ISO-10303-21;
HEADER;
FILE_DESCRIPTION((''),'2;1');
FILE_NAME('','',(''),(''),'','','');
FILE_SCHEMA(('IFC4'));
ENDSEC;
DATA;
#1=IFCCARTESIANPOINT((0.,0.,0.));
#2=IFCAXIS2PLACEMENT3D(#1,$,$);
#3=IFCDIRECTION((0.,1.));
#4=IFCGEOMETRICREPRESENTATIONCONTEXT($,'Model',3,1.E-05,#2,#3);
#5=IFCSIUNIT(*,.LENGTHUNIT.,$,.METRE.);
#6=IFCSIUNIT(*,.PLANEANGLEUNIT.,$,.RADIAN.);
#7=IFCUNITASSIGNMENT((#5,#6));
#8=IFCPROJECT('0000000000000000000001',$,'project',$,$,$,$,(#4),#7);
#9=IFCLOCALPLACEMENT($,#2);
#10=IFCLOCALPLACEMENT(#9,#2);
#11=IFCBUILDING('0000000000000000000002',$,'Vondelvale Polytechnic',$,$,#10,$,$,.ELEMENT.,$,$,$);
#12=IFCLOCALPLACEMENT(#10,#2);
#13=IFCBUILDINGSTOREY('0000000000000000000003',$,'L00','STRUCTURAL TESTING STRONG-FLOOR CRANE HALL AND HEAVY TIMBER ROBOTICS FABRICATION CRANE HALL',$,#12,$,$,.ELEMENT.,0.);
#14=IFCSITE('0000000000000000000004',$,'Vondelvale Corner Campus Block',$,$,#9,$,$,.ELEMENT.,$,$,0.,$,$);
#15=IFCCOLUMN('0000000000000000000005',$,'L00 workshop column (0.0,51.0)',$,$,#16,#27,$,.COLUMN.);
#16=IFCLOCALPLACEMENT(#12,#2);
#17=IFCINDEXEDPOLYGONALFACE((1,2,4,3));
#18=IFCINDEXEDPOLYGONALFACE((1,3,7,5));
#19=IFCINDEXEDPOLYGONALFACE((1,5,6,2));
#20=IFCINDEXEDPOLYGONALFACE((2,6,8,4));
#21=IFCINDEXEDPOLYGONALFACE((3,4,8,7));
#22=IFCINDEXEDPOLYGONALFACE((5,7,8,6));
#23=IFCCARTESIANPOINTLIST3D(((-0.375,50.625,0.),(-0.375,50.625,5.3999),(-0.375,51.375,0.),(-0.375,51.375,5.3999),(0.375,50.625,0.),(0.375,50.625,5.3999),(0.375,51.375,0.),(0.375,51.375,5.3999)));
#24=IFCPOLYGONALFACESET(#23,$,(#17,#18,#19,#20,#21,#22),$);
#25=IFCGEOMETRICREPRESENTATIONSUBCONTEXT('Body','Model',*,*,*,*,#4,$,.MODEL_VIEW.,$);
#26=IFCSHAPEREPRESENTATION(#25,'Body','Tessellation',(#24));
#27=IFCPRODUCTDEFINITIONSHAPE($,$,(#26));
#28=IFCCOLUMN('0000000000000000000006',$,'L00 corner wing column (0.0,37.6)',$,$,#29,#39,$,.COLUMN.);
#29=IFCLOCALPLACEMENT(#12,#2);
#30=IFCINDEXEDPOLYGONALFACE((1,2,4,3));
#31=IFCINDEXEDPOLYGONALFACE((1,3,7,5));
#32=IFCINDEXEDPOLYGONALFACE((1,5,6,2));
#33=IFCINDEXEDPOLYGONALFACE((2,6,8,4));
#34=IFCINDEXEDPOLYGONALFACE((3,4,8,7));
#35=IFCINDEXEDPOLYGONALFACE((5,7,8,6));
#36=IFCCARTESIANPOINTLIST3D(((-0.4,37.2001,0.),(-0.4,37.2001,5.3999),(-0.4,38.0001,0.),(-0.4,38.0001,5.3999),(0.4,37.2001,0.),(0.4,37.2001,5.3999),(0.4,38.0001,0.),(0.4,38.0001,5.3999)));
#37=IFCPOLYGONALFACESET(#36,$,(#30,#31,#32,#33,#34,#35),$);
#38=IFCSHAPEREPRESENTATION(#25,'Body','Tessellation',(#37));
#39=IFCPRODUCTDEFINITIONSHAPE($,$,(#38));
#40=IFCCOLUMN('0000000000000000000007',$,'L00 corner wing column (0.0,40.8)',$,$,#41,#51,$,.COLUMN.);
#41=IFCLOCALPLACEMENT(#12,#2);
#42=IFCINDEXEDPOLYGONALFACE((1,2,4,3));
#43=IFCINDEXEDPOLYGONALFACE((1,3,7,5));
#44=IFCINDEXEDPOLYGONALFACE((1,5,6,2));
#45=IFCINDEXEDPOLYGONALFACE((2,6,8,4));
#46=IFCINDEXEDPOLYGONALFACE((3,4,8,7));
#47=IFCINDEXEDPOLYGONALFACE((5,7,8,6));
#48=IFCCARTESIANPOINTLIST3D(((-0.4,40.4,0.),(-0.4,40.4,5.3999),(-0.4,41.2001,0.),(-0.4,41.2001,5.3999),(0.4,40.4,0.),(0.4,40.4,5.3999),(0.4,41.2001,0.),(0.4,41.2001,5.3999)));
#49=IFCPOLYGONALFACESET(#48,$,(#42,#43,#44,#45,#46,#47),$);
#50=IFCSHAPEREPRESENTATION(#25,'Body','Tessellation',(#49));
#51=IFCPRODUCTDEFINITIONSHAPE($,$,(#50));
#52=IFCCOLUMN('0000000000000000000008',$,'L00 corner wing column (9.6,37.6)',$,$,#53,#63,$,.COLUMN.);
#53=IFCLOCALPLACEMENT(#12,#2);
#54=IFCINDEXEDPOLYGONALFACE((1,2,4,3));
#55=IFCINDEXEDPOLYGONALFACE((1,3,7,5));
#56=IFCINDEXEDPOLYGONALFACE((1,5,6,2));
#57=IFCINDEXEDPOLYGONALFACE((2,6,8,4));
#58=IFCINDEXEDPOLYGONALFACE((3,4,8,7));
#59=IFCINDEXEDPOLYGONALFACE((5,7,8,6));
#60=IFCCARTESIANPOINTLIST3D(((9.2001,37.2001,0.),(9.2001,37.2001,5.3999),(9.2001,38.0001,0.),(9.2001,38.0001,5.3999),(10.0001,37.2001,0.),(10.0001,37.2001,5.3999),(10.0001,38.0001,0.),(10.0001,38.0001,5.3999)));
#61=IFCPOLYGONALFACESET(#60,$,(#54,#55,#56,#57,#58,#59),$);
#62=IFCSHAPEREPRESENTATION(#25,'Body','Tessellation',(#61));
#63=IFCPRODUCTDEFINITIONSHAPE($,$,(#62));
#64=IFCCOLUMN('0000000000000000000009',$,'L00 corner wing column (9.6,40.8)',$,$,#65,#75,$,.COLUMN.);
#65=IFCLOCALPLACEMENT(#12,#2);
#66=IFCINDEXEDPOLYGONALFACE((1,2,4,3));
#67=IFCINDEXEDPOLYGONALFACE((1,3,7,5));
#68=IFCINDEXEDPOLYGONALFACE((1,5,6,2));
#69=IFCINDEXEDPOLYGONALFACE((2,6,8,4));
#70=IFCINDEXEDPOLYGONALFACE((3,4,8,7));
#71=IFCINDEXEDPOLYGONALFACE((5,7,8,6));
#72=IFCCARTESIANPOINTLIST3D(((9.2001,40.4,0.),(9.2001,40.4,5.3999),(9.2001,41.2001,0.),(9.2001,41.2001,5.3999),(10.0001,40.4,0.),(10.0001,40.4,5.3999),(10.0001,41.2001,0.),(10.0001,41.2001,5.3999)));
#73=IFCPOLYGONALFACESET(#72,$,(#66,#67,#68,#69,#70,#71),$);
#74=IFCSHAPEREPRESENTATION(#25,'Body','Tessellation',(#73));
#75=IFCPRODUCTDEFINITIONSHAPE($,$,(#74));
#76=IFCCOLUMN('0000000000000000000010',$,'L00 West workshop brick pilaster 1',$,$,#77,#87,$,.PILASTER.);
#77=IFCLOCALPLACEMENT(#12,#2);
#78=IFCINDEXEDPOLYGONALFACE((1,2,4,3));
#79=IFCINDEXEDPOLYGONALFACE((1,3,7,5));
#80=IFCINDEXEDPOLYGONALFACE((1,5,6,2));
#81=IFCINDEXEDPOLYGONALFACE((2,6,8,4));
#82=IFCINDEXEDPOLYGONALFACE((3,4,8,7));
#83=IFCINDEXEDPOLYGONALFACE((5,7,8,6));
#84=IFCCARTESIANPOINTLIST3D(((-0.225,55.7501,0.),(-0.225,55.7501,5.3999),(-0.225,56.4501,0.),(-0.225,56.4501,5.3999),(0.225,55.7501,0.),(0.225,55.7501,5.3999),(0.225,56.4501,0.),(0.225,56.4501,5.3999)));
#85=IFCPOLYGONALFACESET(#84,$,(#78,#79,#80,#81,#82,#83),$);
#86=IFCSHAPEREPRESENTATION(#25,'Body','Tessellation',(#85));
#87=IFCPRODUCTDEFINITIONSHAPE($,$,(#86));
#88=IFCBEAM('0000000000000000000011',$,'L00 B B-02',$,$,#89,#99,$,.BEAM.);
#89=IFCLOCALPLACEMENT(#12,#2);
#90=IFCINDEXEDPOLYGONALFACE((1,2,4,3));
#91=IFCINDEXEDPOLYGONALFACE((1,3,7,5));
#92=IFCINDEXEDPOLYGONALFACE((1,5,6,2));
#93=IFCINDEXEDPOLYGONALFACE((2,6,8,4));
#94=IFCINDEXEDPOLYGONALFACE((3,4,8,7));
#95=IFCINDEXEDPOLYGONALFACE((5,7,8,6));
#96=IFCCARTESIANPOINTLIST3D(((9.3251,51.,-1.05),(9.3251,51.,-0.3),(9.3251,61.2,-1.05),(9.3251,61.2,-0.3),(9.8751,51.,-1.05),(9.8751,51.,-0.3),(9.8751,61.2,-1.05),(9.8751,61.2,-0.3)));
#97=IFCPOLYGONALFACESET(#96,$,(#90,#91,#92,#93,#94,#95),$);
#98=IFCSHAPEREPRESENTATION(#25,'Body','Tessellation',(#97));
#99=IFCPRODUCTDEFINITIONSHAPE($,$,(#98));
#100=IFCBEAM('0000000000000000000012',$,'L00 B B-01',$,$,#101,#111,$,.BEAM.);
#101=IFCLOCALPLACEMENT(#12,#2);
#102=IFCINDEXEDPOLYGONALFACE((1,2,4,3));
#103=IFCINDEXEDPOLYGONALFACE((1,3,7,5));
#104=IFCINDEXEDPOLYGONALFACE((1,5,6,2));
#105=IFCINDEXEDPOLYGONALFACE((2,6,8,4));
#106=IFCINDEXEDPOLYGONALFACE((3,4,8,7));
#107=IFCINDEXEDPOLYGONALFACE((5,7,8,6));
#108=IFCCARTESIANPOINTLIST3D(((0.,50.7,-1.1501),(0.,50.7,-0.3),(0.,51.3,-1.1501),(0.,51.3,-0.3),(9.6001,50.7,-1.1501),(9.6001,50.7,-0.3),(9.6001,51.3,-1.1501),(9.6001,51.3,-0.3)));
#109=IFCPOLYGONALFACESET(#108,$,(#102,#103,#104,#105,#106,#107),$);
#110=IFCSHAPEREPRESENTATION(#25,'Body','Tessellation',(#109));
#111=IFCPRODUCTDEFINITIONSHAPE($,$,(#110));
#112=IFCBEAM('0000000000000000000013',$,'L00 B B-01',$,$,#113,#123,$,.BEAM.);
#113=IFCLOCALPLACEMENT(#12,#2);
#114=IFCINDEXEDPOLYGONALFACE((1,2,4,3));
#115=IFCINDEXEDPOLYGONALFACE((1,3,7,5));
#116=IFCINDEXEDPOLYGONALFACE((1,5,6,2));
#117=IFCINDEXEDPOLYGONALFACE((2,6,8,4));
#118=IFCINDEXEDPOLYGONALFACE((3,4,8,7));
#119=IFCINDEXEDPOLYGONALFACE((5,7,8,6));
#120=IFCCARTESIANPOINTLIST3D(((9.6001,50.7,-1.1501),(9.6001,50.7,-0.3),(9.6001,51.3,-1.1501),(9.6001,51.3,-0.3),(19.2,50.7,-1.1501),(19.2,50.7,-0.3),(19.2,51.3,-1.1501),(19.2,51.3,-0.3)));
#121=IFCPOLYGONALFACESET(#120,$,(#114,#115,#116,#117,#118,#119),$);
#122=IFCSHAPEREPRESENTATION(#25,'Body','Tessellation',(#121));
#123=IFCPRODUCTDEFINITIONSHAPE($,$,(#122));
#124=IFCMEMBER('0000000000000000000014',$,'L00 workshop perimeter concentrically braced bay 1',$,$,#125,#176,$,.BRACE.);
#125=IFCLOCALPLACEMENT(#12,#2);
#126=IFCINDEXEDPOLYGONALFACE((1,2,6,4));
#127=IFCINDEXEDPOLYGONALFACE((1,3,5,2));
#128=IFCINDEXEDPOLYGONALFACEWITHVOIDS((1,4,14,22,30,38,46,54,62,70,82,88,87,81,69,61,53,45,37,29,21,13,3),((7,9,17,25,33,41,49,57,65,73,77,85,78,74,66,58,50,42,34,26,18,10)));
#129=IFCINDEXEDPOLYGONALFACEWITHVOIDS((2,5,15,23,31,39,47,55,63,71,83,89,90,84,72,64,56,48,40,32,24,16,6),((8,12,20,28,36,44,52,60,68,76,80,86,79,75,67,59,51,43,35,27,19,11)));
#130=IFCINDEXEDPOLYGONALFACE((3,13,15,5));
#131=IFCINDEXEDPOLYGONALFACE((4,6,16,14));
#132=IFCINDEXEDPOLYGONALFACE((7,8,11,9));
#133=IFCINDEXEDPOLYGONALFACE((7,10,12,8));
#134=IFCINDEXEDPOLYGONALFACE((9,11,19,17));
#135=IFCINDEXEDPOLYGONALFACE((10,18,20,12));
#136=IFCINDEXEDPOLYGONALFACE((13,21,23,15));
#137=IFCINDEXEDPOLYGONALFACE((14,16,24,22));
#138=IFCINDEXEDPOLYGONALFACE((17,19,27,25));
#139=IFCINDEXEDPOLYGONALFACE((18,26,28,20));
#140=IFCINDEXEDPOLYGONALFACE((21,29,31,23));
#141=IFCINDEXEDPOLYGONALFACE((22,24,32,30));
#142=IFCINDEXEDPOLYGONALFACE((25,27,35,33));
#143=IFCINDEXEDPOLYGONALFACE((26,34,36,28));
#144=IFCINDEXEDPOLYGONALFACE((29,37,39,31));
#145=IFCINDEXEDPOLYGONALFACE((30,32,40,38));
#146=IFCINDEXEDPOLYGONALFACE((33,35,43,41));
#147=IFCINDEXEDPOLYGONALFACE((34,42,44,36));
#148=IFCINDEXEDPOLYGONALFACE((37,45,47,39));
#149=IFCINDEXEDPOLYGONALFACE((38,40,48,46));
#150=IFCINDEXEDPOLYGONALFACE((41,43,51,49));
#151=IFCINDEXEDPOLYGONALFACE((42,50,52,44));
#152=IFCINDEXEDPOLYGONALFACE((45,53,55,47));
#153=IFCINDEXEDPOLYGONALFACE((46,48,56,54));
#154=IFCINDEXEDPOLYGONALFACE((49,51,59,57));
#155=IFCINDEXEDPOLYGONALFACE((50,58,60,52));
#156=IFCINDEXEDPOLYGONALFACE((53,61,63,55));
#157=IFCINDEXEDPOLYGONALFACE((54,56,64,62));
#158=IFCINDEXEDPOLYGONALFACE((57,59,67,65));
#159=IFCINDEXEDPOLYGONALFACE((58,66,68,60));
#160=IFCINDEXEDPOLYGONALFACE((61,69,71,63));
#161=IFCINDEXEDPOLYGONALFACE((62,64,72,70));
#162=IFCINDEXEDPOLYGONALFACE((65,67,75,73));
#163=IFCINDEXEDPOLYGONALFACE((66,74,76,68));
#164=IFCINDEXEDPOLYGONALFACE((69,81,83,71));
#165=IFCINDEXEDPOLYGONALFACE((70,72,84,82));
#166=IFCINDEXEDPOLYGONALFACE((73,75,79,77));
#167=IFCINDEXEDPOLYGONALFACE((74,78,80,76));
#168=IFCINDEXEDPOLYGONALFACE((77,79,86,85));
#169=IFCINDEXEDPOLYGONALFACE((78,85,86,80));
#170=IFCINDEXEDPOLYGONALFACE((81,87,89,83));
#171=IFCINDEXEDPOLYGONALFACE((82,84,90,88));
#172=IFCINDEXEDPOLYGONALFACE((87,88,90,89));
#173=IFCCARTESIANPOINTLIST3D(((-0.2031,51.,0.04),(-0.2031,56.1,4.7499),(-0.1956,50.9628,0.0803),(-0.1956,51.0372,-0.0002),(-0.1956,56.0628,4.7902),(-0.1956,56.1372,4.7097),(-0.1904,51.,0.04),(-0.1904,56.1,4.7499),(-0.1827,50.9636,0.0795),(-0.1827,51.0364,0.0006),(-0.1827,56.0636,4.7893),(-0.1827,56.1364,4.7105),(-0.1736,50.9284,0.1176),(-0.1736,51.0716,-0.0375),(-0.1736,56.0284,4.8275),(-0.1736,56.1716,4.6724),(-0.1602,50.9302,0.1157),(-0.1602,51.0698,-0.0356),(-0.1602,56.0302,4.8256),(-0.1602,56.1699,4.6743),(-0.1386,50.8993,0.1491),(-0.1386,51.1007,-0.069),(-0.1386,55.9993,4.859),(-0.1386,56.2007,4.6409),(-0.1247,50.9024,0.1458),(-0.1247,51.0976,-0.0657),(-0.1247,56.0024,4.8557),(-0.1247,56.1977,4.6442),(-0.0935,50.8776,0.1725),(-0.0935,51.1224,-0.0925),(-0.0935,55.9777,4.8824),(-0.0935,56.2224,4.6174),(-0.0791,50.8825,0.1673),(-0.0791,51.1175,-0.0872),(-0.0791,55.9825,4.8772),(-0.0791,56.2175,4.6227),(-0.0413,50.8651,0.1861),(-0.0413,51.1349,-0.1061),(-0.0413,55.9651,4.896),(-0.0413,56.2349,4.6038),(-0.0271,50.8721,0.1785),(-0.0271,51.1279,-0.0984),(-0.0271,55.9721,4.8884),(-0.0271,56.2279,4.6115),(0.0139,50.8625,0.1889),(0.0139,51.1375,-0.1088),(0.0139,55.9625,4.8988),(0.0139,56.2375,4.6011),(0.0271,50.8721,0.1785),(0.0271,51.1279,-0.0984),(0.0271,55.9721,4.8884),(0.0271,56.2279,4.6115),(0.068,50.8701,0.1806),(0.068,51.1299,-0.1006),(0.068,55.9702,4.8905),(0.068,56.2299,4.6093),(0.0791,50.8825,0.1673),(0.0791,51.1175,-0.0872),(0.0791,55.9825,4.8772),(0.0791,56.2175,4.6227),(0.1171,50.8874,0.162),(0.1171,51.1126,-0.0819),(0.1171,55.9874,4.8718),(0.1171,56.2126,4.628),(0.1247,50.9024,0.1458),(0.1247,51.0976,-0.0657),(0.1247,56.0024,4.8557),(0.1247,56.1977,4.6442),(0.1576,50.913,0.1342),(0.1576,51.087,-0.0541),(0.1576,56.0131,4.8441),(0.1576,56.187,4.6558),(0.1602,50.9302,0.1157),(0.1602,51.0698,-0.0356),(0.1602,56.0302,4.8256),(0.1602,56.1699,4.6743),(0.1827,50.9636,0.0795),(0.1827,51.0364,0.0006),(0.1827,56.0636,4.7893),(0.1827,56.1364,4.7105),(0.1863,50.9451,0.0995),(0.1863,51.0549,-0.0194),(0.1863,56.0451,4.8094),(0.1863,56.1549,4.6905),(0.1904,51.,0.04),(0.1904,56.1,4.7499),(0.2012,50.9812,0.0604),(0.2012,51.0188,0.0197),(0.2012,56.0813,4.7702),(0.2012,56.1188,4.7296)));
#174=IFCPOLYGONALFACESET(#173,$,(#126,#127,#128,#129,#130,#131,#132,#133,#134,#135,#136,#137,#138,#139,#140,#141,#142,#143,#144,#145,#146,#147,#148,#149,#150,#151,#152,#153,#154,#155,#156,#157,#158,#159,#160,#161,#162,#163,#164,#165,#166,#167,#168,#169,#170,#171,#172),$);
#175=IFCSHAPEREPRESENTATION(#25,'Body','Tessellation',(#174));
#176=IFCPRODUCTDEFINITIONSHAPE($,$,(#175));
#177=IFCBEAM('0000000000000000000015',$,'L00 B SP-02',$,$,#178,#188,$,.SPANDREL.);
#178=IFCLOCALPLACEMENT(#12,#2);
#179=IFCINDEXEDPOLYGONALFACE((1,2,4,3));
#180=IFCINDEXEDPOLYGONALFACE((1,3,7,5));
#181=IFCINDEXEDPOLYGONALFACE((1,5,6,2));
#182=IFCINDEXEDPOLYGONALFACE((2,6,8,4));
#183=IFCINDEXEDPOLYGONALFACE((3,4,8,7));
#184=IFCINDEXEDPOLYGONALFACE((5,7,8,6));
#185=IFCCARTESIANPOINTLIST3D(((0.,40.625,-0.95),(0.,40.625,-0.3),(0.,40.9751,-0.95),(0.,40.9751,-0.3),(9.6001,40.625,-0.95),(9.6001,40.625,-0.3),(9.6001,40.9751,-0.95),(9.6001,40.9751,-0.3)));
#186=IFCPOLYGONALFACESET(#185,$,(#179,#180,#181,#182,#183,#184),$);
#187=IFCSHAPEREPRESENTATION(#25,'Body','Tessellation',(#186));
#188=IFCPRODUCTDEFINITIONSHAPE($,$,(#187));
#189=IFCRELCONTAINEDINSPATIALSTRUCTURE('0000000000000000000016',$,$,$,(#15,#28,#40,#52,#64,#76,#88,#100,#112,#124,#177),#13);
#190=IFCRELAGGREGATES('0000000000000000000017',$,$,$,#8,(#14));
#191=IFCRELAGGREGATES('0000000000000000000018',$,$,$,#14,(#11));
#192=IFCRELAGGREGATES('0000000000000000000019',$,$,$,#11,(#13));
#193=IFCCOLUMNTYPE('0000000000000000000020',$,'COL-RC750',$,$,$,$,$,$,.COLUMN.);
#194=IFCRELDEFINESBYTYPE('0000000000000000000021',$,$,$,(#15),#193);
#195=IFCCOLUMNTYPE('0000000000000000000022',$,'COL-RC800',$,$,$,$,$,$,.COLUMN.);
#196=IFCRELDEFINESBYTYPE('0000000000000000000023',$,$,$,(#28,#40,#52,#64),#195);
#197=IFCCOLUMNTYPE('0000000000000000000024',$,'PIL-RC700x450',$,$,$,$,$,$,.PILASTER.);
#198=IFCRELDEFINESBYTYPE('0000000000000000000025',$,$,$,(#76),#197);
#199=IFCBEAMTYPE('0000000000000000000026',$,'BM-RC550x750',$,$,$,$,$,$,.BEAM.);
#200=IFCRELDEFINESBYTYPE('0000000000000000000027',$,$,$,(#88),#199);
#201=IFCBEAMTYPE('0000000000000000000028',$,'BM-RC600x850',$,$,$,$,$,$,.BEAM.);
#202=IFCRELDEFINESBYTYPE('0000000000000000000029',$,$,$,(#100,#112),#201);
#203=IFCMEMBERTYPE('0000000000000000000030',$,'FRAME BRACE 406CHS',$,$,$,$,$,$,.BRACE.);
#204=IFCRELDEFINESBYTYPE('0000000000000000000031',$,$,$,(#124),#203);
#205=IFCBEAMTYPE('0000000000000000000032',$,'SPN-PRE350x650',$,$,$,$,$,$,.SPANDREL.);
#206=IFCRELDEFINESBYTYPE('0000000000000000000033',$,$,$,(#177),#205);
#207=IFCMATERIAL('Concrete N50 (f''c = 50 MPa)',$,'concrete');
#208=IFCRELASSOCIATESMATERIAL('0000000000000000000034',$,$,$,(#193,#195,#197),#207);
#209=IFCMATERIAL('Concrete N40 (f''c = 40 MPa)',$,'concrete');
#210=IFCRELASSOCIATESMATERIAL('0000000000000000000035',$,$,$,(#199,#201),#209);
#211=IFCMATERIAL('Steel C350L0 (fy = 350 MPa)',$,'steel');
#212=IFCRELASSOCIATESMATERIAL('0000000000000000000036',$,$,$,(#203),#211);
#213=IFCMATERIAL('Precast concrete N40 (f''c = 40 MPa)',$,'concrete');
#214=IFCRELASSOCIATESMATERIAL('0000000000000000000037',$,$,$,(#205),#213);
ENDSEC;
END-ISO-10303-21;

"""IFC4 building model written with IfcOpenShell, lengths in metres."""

from ifc_helpers import new_model, si_unit, direction, frame, origin, origin_2d, place, context, subcontext, project, spatial, rectangle, hollow_circle, extrude, material, material_profile, profile_set, type_object, element, save


model = new_model("IFC4")

# Units and contexts
model_context = context("Model", 3, precision=1e-05, world=origin(), true_north=direction((0.0, 1.0)))
body_context = subcontext(model_context, "Body", "Model", "MODEL_VIEW")
ifc_project = project(units=[si_unit("LENGTHUNIT", "METRE"), si_unit("PLANEANGLEUNIT", "RADIAN")], contexts=[model_context])

# Site, building, storey
site_placement = place(None, origin())
site = spatial("IfcSite", under=ifc_project, at=site_placement, Name="Vondelvale Corner Campus Block", CompositionType="ELEMENT", RefElevation=0.0)
building_placement = place(site_placement, origin())
building = spatial("IfcBuilding", under=site, at=building_placement, Name="Vondelvale Polytechnic", CompositionType="ELEMENT")
storey_placement = place(building_placement, origin())
storey = spatial("IfcBuildingStorey", under=building, at=storey_placement, Name="L00", Description="STRUCTURAL TESTING STRONG-FLOOR CRANE HALL AND HEAVY TIMBER ROBOTICS FABRICATION CRANE HALL", CompositionType="ELEMENT", Elevation=0.0)

# Columns
ifc_material_1 = material(Name="Concrete N50 (f'c = 50 MPa)", Category="concrete")
ifc_material_profile_1 = material_profile(ifc_material_1, rectangle(XDim=0.75, YDim=0.75, at=origin_2d()), Name="RC-COL-750x750")
ifc_profile_set_1 = profile_set([ifc_material_profile_1], Name="Concrete N50 (f'c = 50 MPa)")
column_type_1 = type_object("IfcColumnType", Name="COL-RC750", PredefinedType="COLUMN", material=ifc_profile_set_1)
column_1_placement = place(storey_placement, frame((0.0, 51.0, 0.0), z_axis=(0.0, 0.0, 1.0), x_axis=(1.0, 0.0, 0.0)))
element("IfcColumn", 1, at=column_1_placement, inside=storey, type_object=column_type_1, Name="L00 workshop column (0.0,51.0)", PredefinedType="COLUMN", context=body_context, shape_type="SweptSolid", body=[
    extrude(rectangle(XDim=0.75, YDim=0.75, at=origin_2d()), origin(), (0.0, 0.0, 1.0), 5.3999),
])
ifc_material_profile_2 = material_profile(ifc_material_1, rectangle(XDim=0.8, YDim=0.8, at=origin_2d()), Name="RC-COL-800x800")
ifc_profile_set_2 = profile_set([ifc_material_profile_2], Name="Concrete N50 (f'c = 50 MPa)")
column_type_2 = type_object("IfcColumnType", Name="COL-RC800", PredefinedType="COLUMN", material=ifc_profile_set_2)
for number, where, z_axis, x_axis, name in (
    (2, (0.0, 37.6001, 0.0), (0.0, 0.0, 1.0), (1.0, 0.0, 0.0), "L00 corner wing column (0.0,37.6)"),
    (3, (0.0, 40.8, 0.0), (0.0, 0.0, 1.0), (1.0, 0.0, 0.0), "L00 corner wing column (0.0,40.8)"),
    (4, (9.6001, 37.6001, 0.0), (0.0, 0.0, 1.0), (1.0, 0.0, 0.0), "L00 corner wing column (9.6,37.6)"),
    (5, (9.6001, 40.8, 0.0), (0.0, 0.0, 1.0), (1.0, 0.0, 0.0), "L00 corner wing column (9.6,40.8)"),
):
    element("IfcColumn", number, at=place(storey_placement, frame(where, z_axis=z_axis, x_axis=x_axis)), inside=storey, type_object=column_type_2, Name=name, PredefinedType="COLUMN", context=body_context, shape_type="SweptSolid", body=[
        extrude(rectangle(XDim=0.8, YDim=0.8, at=origin_2d()), origin(), (0.0, 0.0, 1.0), 5.3999),
    ])
ifc_material_profile_3 = material_profile(ifc_material_1, rectangle(XDim=0.45, YDim=0.7, at=origin_2d()), Name="RC-PIL-700x450")
ifc_profile_set_3 = profile_set([ifc_material_profile_3], Name="Concrete N50 (f'c = 50 MPa)")
column_type_3 = type_object("IfcColumnType", Name="PIL-RC700x450", PredefinedType="PILASTER", material=ifc_profile_set_3)
column_2_placement = place(storey_placement, frame((0.0, 56.1001, 0.0), z_axis=(0.0, 0.0, 1.0), x_axis=(1.0, 0.0, 0.0)))
element("IfcColumn", 6, at=column_2_placement, inside=storey, type_object=column_type_3, Name="L00 West workshop brick pilaster 1", PredefinedType="PILASTER", context=body_context, shape_type="SweptSolid", body=[
    extrude(rectangle(XDim=0.45, YDim=0.7, at=origin_2d()), origin(), (0.0, 0.0, 1.0), 5.3999),
])

# Beams
ifc_material_2 = material(Name="Concrete N40 (f'c = 40 MPa)", Category="concrete")
ifc_material_profile_4 = material_profile(ifc_material_2, rectangle(XDim=0.55, YDim=0.75, at=origin_2d()), Name="RC-BM-550x750")
ifc_profile_set_4 = profile_set([ifc_material_profile_4], Name="Concrete N40 (f'c = 40 MPa)")
beam_type_1 = type_object("IfcBeamType", Name="BM-RC550x750", PredefinedType="BEAM", material=ifc_profile_set_4)
beam_1_placement = place(storey_placement, frame((9.6001, 51.0, -0.675), z_axis=(0.0, 1.0, 0.0), x_axis=(-1.0, 0.0, 0.0)))
element("IfcBeam", 7, at=beam_1_placement, inside=storey, type_object=beam_type_1, Name="L00 B B-02", PredefinedType="BEAM", context=body_context, shape_type="SweptSolid", body=[
    extrude(rectangle(XDim=0.55, YDim=0.75, at=origin_2d()), origin(), (0.0, 0.0, 1.0), 10.2),
])
ifc_material_profile_5 = material_profile(ifc_material_2, rectangle(XDim=0.6001, YDim=0.8501, at=origin_2d()), Name="RC-BM-600x850")
ifc_profile_set_5 = profile_set([ifc_material_profile_5], Name="Concrete N40 (f'c = 40 MPa)")
beam_type_2 = type_object("IfcBeamType", Name="BM-RC600x850", PredefinedType="BEAM", material=ifc_profile_set_5)
beam_2_placement = place(storey_placement, frame((0.0, 51.0, -0.7251), z_axis=(1.0, 0.0, 0.0), x_axis=(0.0, 1.0, 0.0)))
element("IfcBeam", 8, at=beam_2_placement, inside=storey, type_object=beam_type_2, Name="L00 B B-01", PredefinedType="BEAM", context=body_context, shape_type="SweptSolid", body=[
    extrude(rectangle(XDim=0.6001, YDim=0.8501, at=origin_2d()), origin(), (0.0, 0.0, 1.0), 9.6001),
])
beam_3_placement = place(storey_placement, frame((9.6001, 51.0, -0.7251), z_axis=(1.0, 0.0, 0.0), x_axis=(0.0, 1.0, 0.0)))
element("IfcBeam", 9, at=beam_3_placement, inside=storey, type_object=beam_type_2, Name="L00 B B-01", PredefinedType="BEAM", context=body_context, shape_type="SweptSolid", body=[
    extrude(rectangle(XDim=0.6001, YDim=0.8501, at=origin_2d()), origin(), (0.0, 0.0, 1.0), 9.5999),
])

# Member
ifc_material_3 = material(Name="Steel C350L0 (fy = 350 MPa)", Category="steel")
ifc_material_profile_6 = material_profile(ifc_material_3, hollow_circle(Radius=0.2031, WallThickness=0.0127, at=origin_2d()), Name="406.4x12.7CHS")
ifc_profile_set_6 = profile_set([ifc_material_profile_6], Name="Steel C350L0 (fy = 350 MPa)")
member_type = type_object("IfcMemberType", Name="FRAME BRACE 406CHS", PredefinedType="BRACE", material=ifc_profile_set_6)
member_placement = place(storey_placement, frame((0.0, 51.0, 0.04), z_axis=(0.0, 0.734647, 0.67845), x_axis=(-1.0, 0.0, 0.0)))
element("IfcMember", 10, at=member_placement, inside=storey, type_object=member_type, Name="L00 workshop perimeter concentrically braced bay 1", PredefinedType="BRACE", context=body_context, shape_type="SweptSolid", body=[
    extrude(hollow_circle(Radius=0.2031, WallThickness=0.0127, at=origin_2d()), origin(), (0.0, 0.0, 1.0), 6.9421),
])

# Beam
ifc_material_4 = material(Name="Precast concrete N40 (f'c = 40 MPa)", Category="concrete")
ifc_material_profile_7 = material_profile(ifc_material_4, rectangle(XDim=0.3501, YDim=0.6499, at=origin_2d()), Name="RC-SPN-350x650")
ifc_profile_set_7 = profile_set([ifc_material_profile_7], Name="Precast concrete N40 (f'c = 40 MPa)")
beam_type_3 = type_object("IfcBeamType", Name="SPN-PRE350x650", PredefinedType="SPANDREL", material=ifc_profile_set_7)
beam_4_placement = place(storey_placement, frame((0.0, 40.8, -0.625), z_axis=(1.0, 0.0, 0.0), x_axis=(0.0, 1.0, 0.0)))
element("IfcBeam", 11, at=beam_4_placement, inside=storey, type_object=beam_type_3, Name="L00 B SP-02", PredefinedType="SPANDREL", context=body_context, shape_type="SweptSolid", body=[
    extrude(rectangle(XDim=0.3501, YDim=0.6499, at=origin_2d()), origin(), (0.0, 0.0, 1.0), 9.6001),
])

save(model, "model.ifc")
